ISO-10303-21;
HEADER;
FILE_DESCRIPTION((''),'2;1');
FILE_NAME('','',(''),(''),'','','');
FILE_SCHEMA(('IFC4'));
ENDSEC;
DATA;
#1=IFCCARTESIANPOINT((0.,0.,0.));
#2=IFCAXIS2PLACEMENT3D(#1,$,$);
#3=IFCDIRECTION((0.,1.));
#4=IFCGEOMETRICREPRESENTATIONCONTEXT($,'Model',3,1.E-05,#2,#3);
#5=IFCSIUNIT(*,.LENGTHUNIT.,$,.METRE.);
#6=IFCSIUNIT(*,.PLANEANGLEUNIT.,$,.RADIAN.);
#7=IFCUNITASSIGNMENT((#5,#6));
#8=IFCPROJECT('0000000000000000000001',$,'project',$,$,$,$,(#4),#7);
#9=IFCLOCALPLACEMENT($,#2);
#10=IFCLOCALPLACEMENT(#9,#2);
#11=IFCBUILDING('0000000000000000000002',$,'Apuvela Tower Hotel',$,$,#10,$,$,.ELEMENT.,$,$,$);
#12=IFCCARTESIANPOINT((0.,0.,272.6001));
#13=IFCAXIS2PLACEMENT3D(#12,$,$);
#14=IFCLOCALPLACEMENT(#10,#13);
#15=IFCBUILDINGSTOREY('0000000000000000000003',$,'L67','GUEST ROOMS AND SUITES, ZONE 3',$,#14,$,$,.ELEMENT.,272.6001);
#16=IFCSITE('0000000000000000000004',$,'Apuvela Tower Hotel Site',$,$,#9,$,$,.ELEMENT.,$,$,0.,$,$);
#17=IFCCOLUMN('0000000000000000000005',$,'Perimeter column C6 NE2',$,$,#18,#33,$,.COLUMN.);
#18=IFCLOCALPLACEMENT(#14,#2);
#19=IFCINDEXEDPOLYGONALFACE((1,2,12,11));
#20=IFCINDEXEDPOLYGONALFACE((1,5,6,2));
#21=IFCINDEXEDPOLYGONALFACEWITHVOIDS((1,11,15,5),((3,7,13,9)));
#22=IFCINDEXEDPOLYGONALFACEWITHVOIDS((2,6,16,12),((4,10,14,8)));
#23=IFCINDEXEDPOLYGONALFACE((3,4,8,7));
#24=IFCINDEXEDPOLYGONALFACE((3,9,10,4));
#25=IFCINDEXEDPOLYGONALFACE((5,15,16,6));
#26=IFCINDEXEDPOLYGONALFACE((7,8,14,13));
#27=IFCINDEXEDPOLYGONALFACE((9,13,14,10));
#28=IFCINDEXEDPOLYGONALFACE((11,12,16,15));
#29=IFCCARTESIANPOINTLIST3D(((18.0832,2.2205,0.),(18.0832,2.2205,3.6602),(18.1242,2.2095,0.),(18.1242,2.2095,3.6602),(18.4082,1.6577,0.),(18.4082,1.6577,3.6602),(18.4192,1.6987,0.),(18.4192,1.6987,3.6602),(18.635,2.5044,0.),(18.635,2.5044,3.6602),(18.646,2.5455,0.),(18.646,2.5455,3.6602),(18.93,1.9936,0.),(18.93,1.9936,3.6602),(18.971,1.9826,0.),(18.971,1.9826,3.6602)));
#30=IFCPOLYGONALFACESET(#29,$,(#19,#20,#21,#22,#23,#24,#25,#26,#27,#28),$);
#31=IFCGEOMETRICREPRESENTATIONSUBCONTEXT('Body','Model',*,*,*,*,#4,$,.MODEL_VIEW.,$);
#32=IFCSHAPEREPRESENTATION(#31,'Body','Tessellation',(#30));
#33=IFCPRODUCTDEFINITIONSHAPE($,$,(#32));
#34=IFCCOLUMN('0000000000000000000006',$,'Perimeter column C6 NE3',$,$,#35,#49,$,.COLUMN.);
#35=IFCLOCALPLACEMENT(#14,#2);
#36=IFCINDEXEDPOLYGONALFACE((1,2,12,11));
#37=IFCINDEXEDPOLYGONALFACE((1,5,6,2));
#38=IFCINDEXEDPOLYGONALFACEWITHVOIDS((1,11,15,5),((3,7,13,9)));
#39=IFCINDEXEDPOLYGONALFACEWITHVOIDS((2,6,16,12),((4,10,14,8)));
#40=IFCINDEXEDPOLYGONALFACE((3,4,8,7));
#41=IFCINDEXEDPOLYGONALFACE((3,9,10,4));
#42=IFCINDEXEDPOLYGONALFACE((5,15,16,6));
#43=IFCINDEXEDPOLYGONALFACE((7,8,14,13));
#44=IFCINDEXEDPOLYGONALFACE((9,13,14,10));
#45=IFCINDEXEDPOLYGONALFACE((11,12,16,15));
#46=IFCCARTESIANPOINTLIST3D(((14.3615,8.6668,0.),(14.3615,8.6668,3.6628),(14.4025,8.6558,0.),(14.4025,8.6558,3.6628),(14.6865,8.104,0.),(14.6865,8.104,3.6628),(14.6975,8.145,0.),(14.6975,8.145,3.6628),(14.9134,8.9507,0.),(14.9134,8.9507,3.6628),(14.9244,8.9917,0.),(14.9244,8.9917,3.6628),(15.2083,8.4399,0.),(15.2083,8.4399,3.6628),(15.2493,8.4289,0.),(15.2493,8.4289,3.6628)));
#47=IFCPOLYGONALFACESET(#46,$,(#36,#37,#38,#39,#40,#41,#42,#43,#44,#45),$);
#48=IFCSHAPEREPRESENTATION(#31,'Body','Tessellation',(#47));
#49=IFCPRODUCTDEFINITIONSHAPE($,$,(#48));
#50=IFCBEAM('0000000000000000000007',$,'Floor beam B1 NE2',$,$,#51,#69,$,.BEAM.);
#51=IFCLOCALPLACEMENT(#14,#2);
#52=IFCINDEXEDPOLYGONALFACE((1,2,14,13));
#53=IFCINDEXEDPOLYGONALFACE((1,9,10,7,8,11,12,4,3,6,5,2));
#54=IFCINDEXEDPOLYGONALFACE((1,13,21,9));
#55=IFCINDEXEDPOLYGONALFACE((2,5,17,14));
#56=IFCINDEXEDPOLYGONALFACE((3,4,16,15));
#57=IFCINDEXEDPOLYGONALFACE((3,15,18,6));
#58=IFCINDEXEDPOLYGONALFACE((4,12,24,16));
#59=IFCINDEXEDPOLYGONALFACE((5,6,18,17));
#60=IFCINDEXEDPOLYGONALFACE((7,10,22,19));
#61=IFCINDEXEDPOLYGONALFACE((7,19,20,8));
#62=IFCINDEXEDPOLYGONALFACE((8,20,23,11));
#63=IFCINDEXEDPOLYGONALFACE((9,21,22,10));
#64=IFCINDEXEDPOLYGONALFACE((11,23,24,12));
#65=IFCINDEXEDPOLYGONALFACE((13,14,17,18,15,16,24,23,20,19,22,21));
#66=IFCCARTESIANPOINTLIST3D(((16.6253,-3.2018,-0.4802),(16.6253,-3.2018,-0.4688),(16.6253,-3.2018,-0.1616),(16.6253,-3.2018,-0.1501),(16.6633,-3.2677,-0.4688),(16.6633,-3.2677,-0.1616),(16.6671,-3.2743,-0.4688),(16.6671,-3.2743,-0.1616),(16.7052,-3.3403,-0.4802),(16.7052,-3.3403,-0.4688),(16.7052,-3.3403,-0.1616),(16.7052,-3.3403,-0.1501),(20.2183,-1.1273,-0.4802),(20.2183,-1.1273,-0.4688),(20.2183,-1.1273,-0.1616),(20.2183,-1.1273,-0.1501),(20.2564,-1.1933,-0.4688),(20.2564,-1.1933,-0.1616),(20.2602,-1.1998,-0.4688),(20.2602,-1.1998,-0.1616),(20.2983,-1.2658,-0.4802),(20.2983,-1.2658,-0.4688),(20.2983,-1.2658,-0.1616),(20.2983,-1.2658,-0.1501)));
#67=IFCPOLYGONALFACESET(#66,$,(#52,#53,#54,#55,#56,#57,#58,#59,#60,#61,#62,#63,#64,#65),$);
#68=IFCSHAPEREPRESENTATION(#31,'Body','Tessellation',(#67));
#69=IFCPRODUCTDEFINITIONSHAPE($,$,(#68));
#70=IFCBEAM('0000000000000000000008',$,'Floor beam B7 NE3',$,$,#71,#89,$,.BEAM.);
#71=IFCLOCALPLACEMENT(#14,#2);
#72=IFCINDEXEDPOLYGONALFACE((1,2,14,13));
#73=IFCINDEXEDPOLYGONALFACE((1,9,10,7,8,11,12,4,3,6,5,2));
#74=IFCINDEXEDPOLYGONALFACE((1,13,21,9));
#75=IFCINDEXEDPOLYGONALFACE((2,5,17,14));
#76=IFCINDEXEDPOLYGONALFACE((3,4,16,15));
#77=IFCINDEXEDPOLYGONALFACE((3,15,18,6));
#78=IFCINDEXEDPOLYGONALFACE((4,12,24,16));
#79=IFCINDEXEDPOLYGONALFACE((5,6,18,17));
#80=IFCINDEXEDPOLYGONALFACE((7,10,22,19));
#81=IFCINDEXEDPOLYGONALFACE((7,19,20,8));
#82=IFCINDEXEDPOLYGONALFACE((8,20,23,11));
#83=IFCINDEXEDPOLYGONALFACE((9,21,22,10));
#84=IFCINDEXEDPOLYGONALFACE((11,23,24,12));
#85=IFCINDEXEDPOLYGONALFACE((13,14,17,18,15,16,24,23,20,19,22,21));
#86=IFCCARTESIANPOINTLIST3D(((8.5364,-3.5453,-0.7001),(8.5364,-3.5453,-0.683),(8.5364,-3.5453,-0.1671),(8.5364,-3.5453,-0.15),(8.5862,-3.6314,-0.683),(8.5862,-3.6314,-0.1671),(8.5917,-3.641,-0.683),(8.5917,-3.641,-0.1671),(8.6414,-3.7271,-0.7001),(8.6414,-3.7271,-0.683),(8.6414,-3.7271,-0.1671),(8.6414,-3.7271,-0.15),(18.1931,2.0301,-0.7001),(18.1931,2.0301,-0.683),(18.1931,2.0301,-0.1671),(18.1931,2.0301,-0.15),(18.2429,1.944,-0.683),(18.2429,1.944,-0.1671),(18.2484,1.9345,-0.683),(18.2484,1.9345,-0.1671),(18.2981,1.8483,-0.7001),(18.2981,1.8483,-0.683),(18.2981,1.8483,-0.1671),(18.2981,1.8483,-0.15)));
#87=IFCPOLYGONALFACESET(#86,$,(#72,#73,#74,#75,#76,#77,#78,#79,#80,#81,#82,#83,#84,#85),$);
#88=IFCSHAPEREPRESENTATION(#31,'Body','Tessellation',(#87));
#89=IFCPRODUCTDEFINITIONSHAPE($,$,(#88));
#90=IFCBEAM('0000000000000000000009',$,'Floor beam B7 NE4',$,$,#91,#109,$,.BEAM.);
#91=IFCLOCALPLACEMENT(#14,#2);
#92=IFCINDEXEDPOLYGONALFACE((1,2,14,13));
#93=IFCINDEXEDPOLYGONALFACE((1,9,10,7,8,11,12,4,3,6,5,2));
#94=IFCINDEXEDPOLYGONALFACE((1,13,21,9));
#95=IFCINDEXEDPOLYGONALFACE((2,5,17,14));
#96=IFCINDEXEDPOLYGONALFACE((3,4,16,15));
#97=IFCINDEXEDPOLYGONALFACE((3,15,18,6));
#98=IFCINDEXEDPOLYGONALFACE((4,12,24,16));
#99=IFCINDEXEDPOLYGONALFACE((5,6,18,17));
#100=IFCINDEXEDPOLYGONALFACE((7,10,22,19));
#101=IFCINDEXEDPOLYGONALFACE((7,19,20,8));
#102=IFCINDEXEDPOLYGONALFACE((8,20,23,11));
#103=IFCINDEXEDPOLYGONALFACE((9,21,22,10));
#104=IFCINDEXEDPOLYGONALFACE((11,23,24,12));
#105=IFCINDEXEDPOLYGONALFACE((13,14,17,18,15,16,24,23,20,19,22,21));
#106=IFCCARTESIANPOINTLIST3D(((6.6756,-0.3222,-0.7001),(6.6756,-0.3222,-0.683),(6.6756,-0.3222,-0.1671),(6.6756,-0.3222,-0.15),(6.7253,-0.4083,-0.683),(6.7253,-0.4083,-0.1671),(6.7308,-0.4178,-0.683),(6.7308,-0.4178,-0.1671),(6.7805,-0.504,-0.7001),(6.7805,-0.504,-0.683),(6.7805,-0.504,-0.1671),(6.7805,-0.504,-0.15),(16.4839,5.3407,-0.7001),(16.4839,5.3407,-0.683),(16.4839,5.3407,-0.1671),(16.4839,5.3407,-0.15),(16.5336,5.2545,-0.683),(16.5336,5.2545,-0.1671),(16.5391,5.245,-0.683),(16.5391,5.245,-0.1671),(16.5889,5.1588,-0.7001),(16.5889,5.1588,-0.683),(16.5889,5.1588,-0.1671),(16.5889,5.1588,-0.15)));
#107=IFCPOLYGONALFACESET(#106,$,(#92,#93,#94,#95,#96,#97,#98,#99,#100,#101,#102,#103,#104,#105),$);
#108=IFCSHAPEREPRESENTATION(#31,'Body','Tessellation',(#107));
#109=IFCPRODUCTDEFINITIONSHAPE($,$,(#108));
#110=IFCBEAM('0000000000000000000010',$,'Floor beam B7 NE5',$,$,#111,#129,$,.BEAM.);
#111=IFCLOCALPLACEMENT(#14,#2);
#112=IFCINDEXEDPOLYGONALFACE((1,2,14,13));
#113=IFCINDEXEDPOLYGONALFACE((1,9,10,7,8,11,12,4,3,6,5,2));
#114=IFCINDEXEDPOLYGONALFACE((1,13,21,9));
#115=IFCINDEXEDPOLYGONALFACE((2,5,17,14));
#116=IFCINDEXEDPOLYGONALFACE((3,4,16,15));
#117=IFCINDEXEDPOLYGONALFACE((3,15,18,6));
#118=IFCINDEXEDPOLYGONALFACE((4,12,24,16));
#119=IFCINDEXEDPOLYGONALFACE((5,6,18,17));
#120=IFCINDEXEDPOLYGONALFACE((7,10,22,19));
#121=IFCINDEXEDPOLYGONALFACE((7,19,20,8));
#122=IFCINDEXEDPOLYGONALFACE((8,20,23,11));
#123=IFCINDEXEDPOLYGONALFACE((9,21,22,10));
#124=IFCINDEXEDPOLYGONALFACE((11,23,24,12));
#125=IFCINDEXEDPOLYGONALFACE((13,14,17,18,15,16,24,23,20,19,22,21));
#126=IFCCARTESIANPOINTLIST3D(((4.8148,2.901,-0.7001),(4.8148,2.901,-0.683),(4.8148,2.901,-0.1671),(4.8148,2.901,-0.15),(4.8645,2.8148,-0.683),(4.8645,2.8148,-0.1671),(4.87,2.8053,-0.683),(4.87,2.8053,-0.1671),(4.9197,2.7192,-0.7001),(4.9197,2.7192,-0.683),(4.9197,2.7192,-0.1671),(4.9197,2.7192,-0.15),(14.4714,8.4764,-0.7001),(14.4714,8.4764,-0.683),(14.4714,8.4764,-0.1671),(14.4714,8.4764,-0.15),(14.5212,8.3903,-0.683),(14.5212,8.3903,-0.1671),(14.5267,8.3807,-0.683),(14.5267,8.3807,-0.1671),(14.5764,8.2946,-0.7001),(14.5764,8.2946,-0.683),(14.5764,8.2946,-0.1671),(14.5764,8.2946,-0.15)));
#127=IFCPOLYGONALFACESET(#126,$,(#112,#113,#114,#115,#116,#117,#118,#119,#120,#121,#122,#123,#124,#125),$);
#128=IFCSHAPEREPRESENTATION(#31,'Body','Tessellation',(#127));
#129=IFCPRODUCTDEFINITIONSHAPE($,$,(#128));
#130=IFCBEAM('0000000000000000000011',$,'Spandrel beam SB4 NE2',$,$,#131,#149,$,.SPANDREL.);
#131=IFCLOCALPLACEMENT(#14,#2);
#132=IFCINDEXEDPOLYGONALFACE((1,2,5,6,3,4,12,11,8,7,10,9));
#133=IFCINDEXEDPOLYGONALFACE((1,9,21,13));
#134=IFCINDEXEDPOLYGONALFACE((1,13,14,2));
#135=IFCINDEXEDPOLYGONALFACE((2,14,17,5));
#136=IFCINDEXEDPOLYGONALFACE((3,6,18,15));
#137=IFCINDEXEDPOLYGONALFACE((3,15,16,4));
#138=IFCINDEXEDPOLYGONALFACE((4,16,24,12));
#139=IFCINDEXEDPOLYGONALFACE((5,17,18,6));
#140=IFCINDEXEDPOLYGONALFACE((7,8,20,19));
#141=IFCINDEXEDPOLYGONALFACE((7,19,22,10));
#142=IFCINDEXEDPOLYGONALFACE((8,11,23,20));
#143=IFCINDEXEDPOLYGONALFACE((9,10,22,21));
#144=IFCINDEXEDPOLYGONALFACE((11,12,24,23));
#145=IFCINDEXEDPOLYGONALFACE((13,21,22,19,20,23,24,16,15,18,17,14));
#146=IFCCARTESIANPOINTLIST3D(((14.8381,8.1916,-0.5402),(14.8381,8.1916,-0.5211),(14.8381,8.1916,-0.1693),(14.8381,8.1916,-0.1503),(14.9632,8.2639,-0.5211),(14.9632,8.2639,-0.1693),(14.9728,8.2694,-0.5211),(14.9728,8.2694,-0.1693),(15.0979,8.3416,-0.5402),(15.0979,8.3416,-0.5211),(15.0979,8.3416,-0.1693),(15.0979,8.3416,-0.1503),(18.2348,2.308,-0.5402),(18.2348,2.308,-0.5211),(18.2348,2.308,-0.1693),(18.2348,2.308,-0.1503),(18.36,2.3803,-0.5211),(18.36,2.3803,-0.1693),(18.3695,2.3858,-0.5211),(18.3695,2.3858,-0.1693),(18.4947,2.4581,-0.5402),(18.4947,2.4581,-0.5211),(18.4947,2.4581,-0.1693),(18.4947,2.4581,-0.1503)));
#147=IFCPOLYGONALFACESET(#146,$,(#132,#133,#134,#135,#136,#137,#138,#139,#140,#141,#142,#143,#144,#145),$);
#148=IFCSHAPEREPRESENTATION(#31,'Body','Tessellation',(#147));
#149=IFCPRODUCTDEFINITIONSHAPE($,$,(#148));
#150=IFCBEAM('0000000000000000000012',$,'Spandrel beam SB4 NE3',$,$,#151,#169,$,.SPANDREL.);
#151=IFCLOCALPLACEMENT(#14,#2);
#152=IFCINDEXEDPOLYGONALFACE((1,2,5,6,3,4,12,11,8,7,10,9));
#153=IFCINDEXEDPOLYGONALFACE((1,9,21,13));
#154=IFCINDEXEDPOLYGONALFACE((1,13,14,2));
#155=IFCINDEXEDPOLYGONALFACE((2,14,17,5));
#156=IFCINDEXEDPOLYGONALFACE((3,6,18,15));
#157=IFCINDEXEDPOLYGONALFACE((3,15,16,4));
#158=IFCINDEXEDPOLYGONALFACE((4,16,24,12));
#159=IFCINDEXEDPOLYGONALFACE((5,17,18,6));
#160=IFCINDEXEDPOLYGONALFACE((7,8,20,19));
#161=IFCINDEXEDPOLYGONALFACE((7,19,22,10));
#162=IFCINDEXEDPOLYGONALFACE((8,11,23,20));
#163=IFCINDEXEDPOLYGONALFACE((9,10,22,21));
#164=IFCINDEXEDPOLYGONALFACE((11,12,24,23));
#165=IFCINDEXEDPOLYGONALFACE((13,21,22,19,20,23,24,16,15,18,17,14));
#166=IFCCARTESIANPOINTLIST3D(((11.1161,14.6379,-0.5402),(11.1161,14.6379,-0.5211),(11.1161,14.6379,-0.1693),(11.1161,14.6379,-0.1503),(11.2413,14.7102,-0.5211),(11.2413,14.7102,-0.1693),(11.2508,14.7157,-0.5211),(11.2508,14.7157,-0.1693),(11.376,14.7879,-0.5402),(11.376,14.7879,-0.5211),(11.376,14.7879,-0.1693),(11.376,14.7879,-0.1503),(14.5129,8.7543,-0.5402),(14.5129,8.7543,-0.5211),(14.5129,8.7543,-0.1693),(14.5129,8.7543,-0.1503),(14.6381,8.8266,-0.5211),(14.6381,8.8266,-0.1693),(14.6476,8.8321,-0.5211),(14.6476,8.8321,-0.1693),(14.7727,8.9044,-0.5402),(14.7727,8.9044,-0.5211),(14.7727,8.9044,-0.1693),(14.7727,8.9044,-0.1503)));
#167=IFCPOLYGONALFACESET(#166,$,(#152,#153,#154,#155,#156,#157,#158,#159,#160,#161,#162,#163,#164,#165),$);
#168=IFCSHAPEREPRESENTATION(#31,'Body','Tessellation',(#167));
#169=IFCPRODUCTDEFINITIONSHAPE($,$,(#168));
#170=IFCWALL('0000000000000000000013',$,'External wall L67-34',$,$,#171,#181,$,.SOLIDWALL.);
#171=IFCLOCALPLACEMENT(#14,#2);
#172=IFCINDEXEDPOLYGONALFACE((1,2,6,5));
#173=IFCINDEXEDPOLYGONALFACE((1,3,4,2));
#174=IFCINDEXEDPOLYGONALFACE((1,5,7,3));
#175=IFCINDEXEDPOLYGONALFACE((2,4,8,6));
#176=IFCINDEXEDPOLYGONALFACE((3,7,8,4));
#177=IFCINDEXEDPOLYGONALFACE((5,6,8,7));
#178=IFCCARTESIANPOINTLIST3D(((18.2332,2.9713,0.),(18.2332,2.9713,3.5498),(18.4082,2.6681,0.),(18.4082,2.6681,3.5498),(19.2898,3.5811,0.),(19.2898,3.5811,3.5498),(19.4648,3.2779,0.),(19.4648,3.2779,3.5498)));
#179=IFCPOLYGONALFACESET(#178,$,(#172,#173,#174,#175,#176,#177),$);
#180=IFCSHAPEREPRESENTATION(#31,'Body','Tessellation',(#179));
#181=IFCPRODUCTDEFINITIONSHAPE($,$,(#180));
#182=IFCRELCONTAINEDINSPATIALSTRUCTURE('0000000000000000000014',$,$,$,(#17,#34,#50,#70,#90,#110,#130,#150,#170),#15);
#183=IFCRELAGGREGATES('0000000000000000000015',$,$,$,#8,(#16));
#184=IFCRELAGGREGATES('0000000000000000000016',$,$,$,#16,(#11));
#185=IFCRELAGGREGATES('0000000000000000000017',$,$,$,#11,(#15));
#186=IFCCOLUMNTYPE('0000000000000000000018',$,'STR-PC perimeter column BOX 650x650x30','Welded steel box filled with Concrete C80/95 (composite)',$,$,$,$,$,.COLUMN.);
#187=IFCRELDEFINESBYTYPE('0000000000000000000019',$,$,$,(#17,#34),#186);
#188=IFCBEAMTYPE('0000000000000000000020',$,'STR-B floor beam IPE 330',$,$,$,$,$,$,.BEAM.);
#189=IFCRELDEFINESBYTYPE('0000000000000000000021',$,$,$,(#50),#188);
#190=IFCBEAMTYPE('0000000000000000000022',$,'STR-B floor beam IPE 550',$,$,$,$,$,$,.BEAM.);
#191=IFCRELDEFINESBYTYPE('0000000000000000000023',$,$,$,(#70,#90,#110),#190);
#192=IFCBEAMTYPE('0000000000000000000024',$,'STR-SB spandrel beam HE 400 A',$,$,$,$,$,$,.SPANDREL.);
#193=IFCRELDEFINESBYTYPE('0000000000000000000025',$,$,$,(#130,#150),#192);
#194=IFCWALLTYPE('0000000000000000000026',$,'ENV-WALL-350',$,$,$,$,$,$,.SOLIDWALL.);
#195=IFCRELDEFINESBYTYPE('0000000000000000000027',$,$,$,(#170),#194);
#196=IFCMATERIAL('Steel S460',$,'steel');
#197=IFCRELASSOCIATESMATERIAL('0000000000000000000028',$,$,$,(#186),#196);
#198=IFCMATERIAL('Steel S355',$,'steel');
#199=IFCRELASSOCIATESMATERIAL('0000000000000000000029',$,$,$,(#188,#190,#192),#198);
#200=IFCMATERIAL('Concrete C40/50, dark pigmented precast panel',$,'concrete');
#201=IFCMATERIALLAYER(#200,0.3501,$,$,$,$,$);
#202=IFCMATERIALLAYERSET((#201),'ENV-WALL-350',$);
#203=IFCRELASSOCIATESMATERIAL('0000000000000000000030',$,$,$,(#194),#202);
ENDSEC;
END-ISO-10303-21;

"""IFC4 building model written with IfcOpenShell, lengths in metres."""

from ifc_helpers import new_model, si_unit, direction, frame, frame_2d, origin, origin_2d, place, context, subcontext, project, spatial, rectangle, hollow_rectangle, i_section, extrude, boolean, halfspace, material, layer, layer_set, material_profile, profile_set, type_object, element, save


model = new_model("IFC4")

# Units and contexts
model_context = context("Model", 3, precision=1e-05, world=origin(), true_north=direction((0.0, 1.0)))
body_context = subcontext(model_context, "Body", "Model", "MODEL_VIEW")
ifc_project = project(units=[si_unit("LENGTHUNIT", "METRE"), si_unit("PLANEANGLEUNIT", "RADIAN")], contexts=[model_context])

# Site, building, storey
site_placement = place(None, origin())
site = spatial("IfcSite", under=ifc_project, at=site_placement, Name="Apuvela Tower Hotel Site", CompositionType="ELEMENT", RefElevation=0.0)
building_placement = place(site_placement, origin())
building = spatial("IfcBuilding", under=site, at=building_placement, Name="Apuvela Tower Hotel", CompositionType="ELEMENT")
storey_placement = place(building_placement, frame((0.0, 0.0, 272.6001)))
storey = spatial("IfcBuildingStorey", under=building, at=storey_placement, Name="L67", Description="GUEST ROOMS AND SUITES, ZONE 3", CompositionType="ELEMENT", Elevation=272.6001)

# Columns
ifc_material_1 = material(Name="Steel S460", Category="steel")
ifc_material_profile_1 = material_profile(ifc_material_1, hollow_rectangle(XDim=0.6499, YDim=0.6499, WallThickness=0.03, at=origin_2d()), Name="BOX 650x650x30")
ifc_material_2 = material(Name="Concrete C80/95", Category="concrete")
ifc_material_profile_2 = material_profile(ifc_material_2, rectangle(XDim=0.5901, YDim=0.5901, at=origin_2d()), Name="Concrete C80/95 infill")
ifc_profile_set_1 = profile_set([ifc_material_profile_1, ifc_material_profile_2], Name="Steel S460")
column_type = type_object("IfcColumnType", Name="STR-PC perimeter column BOX 650x650x30", Description="Welded steel box filled with Concrete C80/95 (composite)", PredefinedType="COLUMN", material=ifc_profile_set_1)
column_1_placement = place(storey_placement, frame((18.5271, 2.1016, 0.0), z_axis=(0.0, 0.0, 1.0), x_axis=(-0.5, 0.866025, 0.0)))
element("IfcColumn", 1, at=column_1_placement, inside=storey, type_object=column_type, Name="Perimeter column C6 NE2", PredefinedType="COLUMN", context=body_context, shape_type="SweptSolid", body=[
    boolean("DIFFERENCE", extrude(hollow_rectangle(XDim=0.6499, YDim=0.6499, WallThickness=0.03, at=origin_2d()), origin(), (0.0, 0.0, 1.0), 3.7), halfspace(frame((0.0, 0.0, 3.6602), z_axis=(0.0, 0.0, 1.0), x_axis=(1.0, 0.0, 0.0)), False)),
])
column_2_placement = place(storey_placement, frame((14.8054, 8.5479, 0.0), z_axis=(0.0, 0.0, 1.0), x_axis=(-0.5, 0.866025, 0.0)))
element("IfcColumn", 2, at=column_2_placement, inside=storey, type_object=column_type, Name="Perimeter column C6 NE3", PredefinedType="COLUMN", context=body_context, shape_type="SweptSolid", body=[
    boolean("DIFFERENCE", extrude(hollow_rectangle(XDim=0.6499, YDim=0.6499, WallThickness=0.03, at=origin_2d()), origin(), (0.0, 0.0, 1.0), 3.7), halfspace(frame((0.0, 0.0, 3.6628), z_axis=(0.0, 0.0, 1.0), x_axis=(1.0, 0.0, 0.0)), False)),
])

# Beams
ifc_material_3 = material(Name="Steel S355", Category="steel")
ifc_material_profile_3 = material_profile(ifc_material_3, i_section(OverallWidth=0.1599, OverallDepth=0.3301, WebThickness=0.0076, FlangeThickness=0.0115, at=origin_2d()), Name="IPE 330")
ifc_profile_set_2 = profile_set([ifc_material_profile_3], Name="Steel S355")
beam_type_1 = type_object("IfcBeamType", Name="STR-B floor beam IPE 330", PredefinedType="BEAM", material=ifc_profile_set_2)
beam_1_placement = place(storey_placement, frame((20.2583, -1.1965, -0.3152), z_axis=(-0.866022, -0.500006, 0.0), x_axis=(0.500006, -0.866022, 0.0)))
element("IfcBeam", 3, at=beam_1_placement, inside=storey, type_object=beam_type_1, Name="Floor beam B1 NE2", PredefinedType="BEAM", context=body_context, shape_type="SweptSolid", body=[
    extrude(i_section(OverallWidth=0.1599, OverallDepth=0.3301, WebThickness=0.0076, FlangeThickness=0.0115, at=origin_2d()), origin(), (0.0, 0.0, 1.0), 4.1489),
])
ifc_material_profile_4 = material_profile(ifc_material_3, i_section(OverallWidth=0.21, OverallDepth=0.55, WebThickness=0.011, FlangeThickness=0.0171, at=origin_2d()), Name="IPE 550")
ifc_profile_set_3 = profile_set([ifc_material_profile_4], Name="Steel S355")
beam_type_2 = type_object("IfcBeamType", Name="STR-B floor beam IPE 550", PredefinedType="BEAM", material=ifc_profile_set_3)
beam_2_placement = place(storey_placement, frame((18.2456, 1.9392, -0.425), z_axis=(-0.866021, -0.500008, 0.0), x_axis=(0.500008, -0.866021, 0.0)))
element("IfcBeam", 4, at=beam_2_placement, inside=storey, type_object=beam_type_2, Name="Floor beam B7 NE3", PredefinedType="BEAM", context=body_context, shape_type="SweptSolid", body=[
    extrude(i_section(OverallWidth=0.21, OverallDepth=0.55, WebThickness=0.011, FlangeThickness=0.0171, at=origin_2d()), origin(), (0.0, 0.0, 1.0), 11.1506),
])
beam_3_placement = place(storey_placement, frame((16.5364, 5.2498, -0.425), z_axis=(-0.866026, -0.499999, 0.0), x_axis=(0.499999, -0.866026, 0.0)))
element("IfcBeam", 5, at=beam_3_placement, inside=storey, type_object=beam_type_2, Name="Floor beam B7 NE4", PredefinedType="BEAM", context=body_context, shape_type="SweptSolid", body=[
    extrude(i_section(OverallWidth=0.21, OverallDepth=0.55, WebThickness=0.011, FlangeThickness=0.0171, at=origin_2d()), origin(), (0.0, 0.0, 1.0), 11.3257),
])
beam_4_placement = place(storey_placement, frame((14.5239, 8.3855, -0.425), z_axis=(-0.866021, -0.500008, 0.0), x_axis=(0.500008, -0.866021, 0.0)))
element("IfcBeam", 6, at=beam_4_placement, inside=storey, type_object=beam_type_2, Name="Floor beam B7 NE5", PredefinedType="BEAM", context=body_context, shape_type="SweptSolid", body=[
    extrude(i_section(OverallWidth=0.21, OverallDepth=0.55, WebThickness=0.011, FlangeThickness=0.0171, at=origin_2d()), origin(), (0.0, 0.0, 1.0), 11.1506),
])
ifc_material_profile_5 = material_profile(ifc_material_3, i_section(OverallWidth=0.3, OverallDepth=0.3899, WebThickness=0.011, FlangeThickness=0.019, at=origin_2d()), Name="HE 400 A")
ifc_profile_set_4 = profile_set([ifc_material_profile_5], Name="Steel S355")
beam_type_3 = type_object("IfcBeamType", Name="STR-SB spandrel beam HE 400 A", PredefinedType="SPANDREL", material=ifc_profile_set_4)
for number, where, z_axis, x_axis, name in (
    (7, (18.3647, 2.3831, -0.3452), (-0.499985, 0.866034, 0.0), (-0.866034, -0.499985, 0.0), "Spandrel beam SB4 NE2"),
    (8, (14.6428, 8.8293, -0.3452), (-0.499985, 0.866034, 0.0), (-0.866034, -0.499985, 0.0), "Spandrel beam SB4 NE3"),
):
    element("IfcBeam", number, at=place(storey_placement, frame(where, z_axis=z_axis, x_axis=x_axis)), inside=storey, type_object=beam_type_3, Name=name, PredefinedType="SPANDREL", context=body_context, shape_type="SweptSolid", body=[
        extrude(i_section(OverallWidth=0.3, OverallDepth=0.3899, WebThickness=0.011, FlangeThickness=0.019, at=origin_2d()), origin(), (0.0, 0.0, 1.0), 6.7937),
    ])

# Wall
ifc_material_4 = material(Name="Concrete C40/50, dark pigmented precast panel", Category="concrete")
ifc_layer_1 = layer(ifc_material_4, 0.3501)
ifc_layer_set_1 = layer_set([ifc_layer_1], Name="ENV-WALL-350")
wall_type_1 = type_object("IfcWallType", Name="ENV-WALL-350", PredefinedType="SOLIDWALL", material=ifc_layer_set_1)
wall_1_placement = place(storey_placement, frame((19.3772, 3.4294, 0.0), z_axis=(0.0, 0.0, 1.0), x_axis=(-0.866092, -0.499884, 0.0)))
element("IfcWall", 9, at=wall_1_placement, inside=storey, type_object=wall_type_1, Name="External wall L67-34", PredefinedType="SOLIDWALL", context=body_context, shape_type="SweptSolid", body=[
    extrude(rectangle(XDim=1.22, YDim=0.3501, at=frame_2d((0.6099, 0.0))), origin(), (0.0, 0.0, 1.0), 3.5498),
])

save(model, "model.ifc")
